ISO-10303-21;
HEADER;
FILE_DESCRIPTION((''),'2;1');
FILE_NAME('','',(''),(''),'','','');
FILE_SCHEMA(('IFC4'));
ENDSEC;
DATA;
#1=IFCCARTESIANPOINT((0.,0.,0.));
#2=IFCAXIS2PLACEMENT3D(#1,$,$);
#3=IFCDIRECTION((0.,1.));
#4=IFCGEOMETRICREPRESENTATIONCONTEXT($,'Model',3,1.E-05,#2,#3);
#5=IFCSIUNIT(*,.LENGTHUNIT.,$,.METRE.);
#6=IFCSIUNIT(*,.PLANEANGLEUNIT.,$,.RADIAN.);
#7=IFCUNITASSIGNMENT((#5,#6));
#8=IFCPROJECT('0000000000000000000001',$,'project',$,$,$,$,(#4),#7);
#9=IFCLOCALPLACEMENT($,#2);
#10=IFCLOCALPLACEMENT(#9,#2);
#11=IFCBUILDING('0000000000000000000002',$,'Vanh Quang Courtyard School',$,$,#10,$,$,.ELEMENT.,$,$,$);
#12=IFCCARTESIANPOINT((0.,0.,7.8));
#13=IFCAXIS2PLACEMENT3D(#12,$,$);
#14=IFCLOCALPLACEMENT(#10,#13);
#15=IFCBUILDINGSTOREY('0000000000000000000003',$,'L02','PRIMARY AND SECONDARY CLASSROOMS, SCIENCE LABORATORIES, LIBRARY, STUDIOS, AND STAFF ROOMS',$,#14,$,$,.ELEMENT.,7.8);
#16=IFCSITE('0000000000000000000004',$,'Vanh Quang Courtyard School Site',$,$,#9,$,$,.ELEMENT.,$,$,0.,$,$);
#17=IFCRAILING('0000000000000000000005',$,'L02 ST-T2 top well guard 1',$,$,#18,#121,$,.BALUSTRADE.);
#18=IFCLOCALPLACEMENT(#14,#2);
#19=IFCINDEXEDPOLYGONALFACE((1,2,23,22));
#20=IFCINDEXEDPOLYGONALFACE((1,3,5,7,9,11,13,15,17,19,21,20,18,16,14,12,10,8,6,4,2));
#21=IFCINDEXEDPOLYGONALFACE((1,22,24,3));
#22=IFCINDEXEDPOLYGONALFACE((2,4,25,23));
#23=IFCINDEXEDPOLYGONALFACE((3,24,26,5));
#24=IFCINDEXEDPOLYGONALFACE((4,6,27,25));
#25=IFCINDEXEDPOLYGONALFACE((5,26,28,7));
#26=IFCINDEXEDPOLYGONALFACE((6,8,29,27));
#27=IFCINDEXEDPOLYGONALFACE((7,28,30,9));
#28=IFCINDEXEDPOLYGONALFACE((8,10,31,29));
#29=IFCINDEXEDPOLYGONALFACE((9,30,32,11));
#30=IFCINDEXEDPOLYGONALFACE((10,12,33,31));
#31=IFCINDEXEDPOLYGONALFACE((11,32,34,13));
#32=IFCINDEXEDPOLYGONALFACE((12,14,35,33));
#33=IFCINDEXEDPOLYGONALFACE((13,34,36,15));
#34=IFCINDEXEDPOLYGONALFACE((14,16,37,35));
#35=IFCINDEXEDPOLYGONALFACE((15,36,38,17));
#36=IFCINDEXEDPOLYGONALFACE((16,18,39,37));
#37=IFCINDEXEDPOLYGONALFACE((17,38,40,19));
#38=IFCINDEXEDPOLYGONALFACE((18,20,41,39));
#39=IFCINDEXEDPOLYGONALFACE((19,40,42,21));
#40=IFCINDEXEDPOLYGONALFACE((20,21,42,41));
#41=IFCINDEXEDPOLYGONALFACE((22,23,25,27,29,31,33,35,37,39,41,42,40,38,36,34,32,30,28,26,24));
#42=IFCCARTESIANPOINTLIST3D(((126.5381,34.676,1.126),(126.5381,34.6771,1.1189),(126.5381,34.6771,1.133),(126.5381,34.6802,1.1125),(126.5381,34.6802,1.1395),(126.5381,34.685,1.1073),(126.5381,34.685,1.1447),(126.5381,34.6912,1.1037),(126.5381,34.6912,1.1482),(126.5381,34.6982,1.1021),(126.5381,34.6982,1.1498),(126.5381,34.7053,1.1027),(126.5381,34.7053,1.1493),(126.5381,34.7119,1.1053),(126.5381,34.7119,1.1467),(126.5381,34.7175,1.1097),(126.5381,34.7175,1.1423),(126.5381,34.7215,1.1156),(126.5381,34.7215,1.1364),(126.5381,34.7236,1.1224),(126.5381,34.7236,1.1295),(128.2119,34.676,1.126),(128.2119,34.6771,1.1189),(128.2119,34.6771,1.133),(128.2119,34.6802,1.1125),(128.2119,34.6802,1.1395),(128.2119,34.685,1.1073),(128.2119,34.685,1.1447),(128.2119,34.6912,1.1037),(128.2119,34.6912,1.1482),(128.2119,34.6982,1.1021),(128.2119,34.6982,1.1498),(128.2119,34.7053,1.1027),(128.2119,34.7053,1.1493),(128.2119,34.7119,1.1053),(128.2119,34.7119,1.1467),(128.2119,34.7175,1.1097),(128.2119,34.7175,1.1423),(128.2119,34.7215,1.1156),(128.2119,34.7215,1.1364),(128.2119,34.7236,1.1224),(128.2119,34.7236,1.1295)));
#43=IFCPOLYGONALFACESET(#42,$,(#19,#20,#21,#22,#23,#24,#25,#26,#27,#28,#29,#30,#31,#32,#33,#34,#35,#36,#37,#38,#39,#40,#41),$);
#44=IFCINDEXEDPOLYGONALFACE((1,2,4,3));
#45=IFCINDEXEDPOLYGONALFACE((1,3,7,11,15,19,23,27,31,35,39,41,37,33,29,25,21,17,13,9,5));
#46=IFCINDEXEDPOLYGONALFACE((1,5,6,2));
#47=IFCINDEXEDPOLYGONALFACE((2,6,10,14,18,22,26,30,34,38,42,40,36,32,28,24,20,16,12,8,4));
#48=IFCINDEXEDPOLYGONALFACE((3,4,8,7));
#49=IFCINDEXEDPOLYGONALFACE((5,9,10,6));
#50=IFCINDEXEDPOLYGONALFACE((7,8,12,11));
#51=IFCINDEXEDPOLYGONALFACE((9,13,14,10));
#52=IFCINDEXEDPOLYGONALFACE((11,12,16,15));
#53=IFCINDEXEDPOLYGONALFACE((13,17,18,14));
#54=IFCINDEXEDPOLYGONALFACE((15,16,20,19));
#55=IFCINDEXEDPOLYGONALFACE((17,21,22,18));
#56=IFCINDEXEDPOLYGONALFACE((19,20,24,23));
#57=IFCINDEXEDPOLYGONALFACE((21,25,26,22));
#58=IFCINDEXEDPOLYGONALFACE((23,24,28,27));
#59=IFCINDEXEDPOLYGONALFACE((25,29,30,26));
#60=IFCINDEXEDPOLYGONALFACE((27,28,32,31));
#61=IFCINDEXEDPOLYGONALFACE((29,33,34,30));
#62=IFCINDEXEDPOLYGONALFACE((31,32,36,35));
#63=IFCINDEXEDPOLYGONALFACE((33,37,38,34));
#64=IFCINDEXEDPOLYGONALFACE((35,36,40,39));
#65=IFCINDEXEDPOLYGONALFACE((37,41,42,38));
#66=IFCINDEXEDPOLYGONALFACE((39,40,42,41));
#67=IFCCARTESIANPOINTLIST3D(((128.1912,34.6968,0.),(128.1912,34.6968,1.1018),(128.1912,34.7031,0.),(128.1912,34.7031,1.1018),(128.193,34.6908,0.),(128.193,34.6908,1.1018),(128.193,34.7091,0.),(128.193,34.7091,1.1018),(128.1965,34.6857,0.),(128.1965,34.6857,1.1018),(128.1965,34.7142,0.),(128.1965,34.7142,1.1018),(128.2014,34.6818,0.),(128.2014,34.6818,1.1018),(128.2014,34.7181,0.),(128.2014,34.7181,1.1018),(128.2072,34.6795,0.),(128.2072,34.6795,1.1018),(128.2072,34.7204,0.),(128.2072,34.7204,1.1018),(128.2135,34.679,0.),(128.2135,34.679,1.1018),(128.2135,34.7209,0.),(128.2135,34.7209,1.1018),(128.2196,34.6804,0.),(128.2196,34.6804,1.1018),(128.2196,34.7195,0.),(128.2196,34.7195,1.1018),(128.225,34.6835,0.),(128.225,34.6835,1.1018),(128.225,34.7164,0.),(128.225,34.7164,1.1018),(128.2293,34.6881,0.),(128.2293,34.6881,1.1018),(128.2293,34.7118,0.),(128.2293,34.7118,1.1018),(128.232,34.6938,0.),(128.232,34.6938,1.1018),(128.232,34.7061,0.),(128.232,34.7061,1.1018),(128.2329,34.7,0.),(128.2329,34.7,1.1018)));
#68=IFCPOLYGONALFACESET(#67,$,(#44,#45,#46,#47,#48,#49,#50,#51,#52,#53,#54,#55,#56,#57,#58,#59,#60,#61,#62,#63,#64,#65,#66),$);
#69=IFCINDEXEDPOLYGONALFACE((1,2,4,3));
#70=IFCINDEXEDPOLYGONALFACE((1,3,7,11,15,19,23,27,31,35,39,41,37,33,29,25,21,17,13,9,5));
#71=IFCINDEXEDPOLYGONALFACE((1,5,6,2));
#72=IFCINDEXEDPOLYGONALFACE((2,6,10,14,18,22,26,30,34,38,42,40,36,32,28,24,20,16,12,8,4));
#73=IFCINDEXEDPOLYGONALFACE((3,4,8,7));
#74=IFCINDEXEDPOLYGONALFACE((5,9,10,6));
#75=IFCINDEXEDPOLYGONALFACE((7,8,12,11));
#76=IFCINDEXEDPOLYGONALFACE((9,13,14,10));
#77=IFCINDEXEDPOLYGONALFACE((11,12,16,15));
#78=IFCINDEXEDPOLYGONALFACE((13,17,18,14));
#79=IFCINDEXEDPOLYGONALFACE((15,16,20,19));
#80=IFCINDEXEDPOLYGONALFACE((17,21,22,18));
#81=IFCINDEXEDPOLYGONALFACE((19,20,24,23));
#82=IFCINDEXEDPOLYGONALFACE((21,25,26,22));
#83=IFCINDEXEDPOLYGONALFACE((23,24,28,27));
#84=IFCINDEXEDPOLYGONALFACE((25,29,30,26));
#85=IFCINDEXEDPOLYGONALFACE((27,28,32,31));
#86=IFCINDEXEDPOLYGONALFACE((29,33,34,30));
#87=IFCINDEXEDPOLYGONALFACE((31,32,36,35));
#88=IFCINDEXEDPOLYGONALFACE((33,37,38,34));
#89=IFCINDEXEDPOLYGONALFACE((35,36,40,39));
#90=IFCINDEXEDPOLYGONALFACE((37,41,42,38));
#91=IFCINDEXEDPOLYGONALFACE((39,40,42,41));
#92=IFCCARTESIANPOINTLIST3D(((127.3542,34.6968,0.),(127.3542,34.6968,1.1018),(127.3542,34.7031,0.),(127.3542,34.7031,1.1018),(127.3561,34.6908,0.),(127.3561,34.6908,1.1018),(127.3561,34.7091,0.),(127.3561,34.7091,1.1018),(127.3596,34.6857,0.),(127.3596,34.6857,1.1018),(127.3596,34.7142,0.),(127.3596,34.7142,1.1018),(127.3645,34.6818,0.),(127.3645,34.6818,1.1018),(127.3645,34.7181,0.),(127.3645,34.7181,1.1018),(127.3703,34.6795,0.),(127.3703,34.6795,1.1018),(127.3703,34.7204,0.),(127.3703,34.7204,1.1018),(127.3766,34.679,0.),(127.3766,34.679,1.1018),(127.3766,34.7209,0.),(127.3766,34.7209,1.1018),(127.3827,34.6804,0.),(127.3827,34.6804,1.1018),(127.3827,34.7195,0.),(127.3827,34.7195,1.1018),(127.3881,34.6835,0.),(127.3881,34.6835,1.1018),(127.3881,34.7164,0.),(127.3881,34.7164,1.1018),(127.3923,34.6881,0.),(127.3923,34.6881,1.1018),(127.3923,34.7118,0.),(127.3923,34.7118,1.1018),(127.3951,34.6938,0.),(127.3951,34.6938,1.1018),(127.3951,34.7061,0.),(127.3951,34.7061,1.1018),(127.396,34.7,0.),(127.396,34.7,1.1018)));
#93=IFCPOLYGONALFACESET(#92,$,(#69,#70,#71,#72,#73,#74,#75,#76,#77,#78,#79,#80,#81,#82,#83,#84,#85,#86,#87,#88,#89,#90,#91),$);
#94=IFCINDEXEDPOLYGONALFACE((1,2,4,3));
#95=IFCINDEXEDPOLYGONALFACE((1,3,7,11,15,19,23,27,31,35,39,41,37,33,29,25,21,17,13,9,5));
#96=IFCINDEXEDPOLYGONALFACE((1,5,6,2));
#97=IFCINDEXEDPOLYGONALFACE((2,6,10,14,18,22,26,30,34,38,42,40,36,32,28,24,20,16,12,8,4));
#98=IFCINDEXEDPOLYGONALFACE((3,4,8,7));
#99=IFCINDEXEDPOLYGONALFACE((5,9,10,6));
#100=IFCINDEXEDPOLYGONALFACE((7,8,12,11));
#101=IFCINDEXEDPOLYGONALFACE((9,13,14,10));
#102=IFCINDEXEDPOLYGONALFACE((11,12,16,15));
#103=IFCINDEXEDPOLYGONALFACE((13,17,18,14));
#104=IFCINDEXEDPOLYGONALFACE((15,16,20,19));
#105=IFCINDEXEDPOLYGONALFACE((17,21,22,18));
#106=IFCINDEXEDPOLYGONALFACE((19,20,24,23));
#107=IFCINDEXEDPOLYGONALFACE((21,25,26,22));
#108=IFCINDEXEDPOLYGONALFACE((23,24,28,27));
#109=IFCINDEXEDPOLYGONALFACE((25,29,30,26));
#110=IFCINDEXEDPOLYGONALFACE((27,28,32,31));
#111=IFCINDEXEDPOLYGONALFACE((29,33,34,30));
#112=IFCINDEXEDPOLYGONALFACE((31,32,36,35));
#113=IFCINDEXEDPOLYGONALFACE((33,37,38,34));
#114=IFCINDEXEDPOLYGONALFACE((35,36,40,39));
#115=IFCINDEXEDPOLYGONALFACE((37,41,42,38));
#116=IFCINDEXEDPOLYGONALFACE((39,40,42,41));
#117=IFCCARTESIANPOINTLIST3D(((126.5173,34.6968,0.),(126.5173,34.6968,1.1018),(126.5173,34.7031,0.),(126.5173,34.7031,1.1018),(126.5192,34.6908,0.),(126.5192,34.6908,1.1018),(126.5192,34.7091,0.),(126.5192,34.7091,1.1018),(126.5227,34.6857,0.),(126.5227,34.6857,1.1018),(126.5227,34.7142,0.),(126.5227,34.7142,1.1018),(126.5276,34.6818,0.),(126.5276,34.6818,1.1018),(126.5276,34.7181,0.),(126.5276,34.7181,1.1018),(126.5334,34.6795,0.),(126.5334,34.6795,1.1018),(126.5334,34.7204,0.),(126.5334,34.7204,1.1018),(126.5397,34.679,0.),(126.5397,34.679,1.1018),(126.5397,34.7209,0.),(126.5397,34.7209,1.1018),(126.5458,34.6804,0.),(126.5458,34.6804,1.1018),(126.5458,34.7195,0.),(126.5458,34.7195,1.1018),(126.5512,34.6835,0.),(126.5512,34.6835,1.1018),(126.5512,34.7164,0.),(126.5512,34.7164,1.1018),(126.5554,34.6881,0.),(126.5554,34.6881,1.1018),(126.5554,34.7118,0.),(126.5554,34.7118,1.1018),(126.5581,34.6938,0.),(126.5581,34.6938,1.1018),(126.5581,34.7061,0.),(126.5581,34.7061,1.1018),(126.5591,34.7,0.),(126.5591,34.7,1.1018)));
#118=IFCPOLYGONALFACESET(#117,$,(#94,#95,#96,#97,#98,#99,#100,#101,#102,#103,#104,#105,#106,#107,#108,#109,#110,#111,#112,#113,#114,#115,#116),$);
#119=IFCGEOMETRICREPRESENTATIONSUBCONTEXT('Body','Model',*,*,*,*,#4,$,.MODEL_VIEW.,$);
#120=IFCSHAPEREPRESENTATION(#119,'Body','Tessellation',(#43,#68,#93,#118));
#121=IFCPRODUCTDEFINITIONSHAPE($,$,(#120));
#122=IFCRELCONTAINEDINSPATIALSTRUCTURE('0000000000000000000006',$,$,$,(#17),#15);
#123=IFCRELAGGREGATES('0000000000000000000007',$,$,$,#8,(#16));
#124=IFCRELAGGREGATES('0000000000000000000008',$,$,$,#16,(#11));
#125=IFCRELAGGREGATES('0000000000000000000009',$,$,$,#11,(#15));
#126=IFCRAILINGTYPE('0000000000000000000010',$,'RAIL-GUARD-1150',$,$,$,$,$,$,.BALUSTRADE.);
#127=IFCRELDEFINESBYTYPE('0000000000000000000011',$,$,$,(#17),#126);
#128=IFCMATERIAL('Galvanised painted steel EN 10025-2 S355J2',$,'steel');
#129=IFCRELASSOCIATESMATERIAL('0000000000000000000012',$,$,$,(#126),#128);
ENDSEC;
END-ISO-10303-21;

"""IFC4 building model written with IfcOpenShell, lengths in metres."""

from ifc_helpers import new_model, si_unit, direction, frame, origin, origin_2d, place, context, subcontext, project, spatial, circle, extrude, material, type_object, element, save


model = new_model("IFC4")

# Units and contexts
model_context = context("Model", 3, precision=1e-05, world=origin(), true_north=direction((0.0, 1.0)))
body_context = subcontext(model_context, "Body", "Model", "MODEL_VIEW")
ifc_project = project(units=[si_unit("LENGTHUNIT", "METRE"), si_unit("PLANEANGLEUNIT", "RADIAN")], contexts=[model_context])

# Site, building, storey
site_placement = place(None, origin())
site = spatial("IfcSite", under=ifc_project, at=site_placement, Name="Vanh Quang Courtyard School Site", CompositionType="ELEMENT", RefElevation=0.0)
building_placement = place(site_placement, origin())
building = spatial("IfcBuilding", under=site, at=building_placement, Name="Vanh Quang Courtyard School", CompositionType="ELEMENT")
storey_placement = place(building_placement, frame((0.0, 0.0, 7.8)))
storey = spatial("IfcBuildingStorey", under=building, at=storey_placement, Name="L02", Description="PRIMARY AND SECONDARY CLASSROOMS, SCIENCE LABORATORIES, LIBRARY, STUDIOS, AND STAFF ROOMS", CompositionType="ELEMENT", Elevation=7.8)

# Railing
ifc_material_1 = material(Name="Galvanised painted steel EN 10025-2 S355J2", Category="steel")
railing_type = type_object("IfcRailingType", Name="RAIL-GUARD-1150", PredefinedType="BALUSTRADE", material=ifc_material_1)
railing_1_placement = place(storey_placement, frame((128.2119, 34.7, 0.0)))
element("IfcRailing", 1, at=railing_1_placement, inside=storey, type_object=railing_type, Name="L02 ST-T2 top well guard 1", PredefinedType="BALUSTRADE", context=body_context, shape_type="SweptSolid", body=[
    extrude(circle(Radius=0.0239, at=origin_2d()), frame((0.0, 0.0, 1.126), z_axis=(-1.0, 0.0, 0.0), x_axis=(0.0, -1.0, 0.0)), (0.0, 0.0, 1.0), 1.6738),
    extrude(circle(Radius=0.021, at=origin_2d()), origin(), (0.0, 0.0, 1.0), 1.1018),
    extrude(circle(Radius=0.021, at=origin_2d()), frame((-0.8369, 0.0, 0.0)), (0.0, 0.0, 1.0), 1.1018),
    extrude(circle(Radius=0.021, at=origin_2d()), frame((-1.6738, 0.0, 0.0)), (0.0, 0.0, 1.0), 1.1018),
])

save(model, "model.ifc")
